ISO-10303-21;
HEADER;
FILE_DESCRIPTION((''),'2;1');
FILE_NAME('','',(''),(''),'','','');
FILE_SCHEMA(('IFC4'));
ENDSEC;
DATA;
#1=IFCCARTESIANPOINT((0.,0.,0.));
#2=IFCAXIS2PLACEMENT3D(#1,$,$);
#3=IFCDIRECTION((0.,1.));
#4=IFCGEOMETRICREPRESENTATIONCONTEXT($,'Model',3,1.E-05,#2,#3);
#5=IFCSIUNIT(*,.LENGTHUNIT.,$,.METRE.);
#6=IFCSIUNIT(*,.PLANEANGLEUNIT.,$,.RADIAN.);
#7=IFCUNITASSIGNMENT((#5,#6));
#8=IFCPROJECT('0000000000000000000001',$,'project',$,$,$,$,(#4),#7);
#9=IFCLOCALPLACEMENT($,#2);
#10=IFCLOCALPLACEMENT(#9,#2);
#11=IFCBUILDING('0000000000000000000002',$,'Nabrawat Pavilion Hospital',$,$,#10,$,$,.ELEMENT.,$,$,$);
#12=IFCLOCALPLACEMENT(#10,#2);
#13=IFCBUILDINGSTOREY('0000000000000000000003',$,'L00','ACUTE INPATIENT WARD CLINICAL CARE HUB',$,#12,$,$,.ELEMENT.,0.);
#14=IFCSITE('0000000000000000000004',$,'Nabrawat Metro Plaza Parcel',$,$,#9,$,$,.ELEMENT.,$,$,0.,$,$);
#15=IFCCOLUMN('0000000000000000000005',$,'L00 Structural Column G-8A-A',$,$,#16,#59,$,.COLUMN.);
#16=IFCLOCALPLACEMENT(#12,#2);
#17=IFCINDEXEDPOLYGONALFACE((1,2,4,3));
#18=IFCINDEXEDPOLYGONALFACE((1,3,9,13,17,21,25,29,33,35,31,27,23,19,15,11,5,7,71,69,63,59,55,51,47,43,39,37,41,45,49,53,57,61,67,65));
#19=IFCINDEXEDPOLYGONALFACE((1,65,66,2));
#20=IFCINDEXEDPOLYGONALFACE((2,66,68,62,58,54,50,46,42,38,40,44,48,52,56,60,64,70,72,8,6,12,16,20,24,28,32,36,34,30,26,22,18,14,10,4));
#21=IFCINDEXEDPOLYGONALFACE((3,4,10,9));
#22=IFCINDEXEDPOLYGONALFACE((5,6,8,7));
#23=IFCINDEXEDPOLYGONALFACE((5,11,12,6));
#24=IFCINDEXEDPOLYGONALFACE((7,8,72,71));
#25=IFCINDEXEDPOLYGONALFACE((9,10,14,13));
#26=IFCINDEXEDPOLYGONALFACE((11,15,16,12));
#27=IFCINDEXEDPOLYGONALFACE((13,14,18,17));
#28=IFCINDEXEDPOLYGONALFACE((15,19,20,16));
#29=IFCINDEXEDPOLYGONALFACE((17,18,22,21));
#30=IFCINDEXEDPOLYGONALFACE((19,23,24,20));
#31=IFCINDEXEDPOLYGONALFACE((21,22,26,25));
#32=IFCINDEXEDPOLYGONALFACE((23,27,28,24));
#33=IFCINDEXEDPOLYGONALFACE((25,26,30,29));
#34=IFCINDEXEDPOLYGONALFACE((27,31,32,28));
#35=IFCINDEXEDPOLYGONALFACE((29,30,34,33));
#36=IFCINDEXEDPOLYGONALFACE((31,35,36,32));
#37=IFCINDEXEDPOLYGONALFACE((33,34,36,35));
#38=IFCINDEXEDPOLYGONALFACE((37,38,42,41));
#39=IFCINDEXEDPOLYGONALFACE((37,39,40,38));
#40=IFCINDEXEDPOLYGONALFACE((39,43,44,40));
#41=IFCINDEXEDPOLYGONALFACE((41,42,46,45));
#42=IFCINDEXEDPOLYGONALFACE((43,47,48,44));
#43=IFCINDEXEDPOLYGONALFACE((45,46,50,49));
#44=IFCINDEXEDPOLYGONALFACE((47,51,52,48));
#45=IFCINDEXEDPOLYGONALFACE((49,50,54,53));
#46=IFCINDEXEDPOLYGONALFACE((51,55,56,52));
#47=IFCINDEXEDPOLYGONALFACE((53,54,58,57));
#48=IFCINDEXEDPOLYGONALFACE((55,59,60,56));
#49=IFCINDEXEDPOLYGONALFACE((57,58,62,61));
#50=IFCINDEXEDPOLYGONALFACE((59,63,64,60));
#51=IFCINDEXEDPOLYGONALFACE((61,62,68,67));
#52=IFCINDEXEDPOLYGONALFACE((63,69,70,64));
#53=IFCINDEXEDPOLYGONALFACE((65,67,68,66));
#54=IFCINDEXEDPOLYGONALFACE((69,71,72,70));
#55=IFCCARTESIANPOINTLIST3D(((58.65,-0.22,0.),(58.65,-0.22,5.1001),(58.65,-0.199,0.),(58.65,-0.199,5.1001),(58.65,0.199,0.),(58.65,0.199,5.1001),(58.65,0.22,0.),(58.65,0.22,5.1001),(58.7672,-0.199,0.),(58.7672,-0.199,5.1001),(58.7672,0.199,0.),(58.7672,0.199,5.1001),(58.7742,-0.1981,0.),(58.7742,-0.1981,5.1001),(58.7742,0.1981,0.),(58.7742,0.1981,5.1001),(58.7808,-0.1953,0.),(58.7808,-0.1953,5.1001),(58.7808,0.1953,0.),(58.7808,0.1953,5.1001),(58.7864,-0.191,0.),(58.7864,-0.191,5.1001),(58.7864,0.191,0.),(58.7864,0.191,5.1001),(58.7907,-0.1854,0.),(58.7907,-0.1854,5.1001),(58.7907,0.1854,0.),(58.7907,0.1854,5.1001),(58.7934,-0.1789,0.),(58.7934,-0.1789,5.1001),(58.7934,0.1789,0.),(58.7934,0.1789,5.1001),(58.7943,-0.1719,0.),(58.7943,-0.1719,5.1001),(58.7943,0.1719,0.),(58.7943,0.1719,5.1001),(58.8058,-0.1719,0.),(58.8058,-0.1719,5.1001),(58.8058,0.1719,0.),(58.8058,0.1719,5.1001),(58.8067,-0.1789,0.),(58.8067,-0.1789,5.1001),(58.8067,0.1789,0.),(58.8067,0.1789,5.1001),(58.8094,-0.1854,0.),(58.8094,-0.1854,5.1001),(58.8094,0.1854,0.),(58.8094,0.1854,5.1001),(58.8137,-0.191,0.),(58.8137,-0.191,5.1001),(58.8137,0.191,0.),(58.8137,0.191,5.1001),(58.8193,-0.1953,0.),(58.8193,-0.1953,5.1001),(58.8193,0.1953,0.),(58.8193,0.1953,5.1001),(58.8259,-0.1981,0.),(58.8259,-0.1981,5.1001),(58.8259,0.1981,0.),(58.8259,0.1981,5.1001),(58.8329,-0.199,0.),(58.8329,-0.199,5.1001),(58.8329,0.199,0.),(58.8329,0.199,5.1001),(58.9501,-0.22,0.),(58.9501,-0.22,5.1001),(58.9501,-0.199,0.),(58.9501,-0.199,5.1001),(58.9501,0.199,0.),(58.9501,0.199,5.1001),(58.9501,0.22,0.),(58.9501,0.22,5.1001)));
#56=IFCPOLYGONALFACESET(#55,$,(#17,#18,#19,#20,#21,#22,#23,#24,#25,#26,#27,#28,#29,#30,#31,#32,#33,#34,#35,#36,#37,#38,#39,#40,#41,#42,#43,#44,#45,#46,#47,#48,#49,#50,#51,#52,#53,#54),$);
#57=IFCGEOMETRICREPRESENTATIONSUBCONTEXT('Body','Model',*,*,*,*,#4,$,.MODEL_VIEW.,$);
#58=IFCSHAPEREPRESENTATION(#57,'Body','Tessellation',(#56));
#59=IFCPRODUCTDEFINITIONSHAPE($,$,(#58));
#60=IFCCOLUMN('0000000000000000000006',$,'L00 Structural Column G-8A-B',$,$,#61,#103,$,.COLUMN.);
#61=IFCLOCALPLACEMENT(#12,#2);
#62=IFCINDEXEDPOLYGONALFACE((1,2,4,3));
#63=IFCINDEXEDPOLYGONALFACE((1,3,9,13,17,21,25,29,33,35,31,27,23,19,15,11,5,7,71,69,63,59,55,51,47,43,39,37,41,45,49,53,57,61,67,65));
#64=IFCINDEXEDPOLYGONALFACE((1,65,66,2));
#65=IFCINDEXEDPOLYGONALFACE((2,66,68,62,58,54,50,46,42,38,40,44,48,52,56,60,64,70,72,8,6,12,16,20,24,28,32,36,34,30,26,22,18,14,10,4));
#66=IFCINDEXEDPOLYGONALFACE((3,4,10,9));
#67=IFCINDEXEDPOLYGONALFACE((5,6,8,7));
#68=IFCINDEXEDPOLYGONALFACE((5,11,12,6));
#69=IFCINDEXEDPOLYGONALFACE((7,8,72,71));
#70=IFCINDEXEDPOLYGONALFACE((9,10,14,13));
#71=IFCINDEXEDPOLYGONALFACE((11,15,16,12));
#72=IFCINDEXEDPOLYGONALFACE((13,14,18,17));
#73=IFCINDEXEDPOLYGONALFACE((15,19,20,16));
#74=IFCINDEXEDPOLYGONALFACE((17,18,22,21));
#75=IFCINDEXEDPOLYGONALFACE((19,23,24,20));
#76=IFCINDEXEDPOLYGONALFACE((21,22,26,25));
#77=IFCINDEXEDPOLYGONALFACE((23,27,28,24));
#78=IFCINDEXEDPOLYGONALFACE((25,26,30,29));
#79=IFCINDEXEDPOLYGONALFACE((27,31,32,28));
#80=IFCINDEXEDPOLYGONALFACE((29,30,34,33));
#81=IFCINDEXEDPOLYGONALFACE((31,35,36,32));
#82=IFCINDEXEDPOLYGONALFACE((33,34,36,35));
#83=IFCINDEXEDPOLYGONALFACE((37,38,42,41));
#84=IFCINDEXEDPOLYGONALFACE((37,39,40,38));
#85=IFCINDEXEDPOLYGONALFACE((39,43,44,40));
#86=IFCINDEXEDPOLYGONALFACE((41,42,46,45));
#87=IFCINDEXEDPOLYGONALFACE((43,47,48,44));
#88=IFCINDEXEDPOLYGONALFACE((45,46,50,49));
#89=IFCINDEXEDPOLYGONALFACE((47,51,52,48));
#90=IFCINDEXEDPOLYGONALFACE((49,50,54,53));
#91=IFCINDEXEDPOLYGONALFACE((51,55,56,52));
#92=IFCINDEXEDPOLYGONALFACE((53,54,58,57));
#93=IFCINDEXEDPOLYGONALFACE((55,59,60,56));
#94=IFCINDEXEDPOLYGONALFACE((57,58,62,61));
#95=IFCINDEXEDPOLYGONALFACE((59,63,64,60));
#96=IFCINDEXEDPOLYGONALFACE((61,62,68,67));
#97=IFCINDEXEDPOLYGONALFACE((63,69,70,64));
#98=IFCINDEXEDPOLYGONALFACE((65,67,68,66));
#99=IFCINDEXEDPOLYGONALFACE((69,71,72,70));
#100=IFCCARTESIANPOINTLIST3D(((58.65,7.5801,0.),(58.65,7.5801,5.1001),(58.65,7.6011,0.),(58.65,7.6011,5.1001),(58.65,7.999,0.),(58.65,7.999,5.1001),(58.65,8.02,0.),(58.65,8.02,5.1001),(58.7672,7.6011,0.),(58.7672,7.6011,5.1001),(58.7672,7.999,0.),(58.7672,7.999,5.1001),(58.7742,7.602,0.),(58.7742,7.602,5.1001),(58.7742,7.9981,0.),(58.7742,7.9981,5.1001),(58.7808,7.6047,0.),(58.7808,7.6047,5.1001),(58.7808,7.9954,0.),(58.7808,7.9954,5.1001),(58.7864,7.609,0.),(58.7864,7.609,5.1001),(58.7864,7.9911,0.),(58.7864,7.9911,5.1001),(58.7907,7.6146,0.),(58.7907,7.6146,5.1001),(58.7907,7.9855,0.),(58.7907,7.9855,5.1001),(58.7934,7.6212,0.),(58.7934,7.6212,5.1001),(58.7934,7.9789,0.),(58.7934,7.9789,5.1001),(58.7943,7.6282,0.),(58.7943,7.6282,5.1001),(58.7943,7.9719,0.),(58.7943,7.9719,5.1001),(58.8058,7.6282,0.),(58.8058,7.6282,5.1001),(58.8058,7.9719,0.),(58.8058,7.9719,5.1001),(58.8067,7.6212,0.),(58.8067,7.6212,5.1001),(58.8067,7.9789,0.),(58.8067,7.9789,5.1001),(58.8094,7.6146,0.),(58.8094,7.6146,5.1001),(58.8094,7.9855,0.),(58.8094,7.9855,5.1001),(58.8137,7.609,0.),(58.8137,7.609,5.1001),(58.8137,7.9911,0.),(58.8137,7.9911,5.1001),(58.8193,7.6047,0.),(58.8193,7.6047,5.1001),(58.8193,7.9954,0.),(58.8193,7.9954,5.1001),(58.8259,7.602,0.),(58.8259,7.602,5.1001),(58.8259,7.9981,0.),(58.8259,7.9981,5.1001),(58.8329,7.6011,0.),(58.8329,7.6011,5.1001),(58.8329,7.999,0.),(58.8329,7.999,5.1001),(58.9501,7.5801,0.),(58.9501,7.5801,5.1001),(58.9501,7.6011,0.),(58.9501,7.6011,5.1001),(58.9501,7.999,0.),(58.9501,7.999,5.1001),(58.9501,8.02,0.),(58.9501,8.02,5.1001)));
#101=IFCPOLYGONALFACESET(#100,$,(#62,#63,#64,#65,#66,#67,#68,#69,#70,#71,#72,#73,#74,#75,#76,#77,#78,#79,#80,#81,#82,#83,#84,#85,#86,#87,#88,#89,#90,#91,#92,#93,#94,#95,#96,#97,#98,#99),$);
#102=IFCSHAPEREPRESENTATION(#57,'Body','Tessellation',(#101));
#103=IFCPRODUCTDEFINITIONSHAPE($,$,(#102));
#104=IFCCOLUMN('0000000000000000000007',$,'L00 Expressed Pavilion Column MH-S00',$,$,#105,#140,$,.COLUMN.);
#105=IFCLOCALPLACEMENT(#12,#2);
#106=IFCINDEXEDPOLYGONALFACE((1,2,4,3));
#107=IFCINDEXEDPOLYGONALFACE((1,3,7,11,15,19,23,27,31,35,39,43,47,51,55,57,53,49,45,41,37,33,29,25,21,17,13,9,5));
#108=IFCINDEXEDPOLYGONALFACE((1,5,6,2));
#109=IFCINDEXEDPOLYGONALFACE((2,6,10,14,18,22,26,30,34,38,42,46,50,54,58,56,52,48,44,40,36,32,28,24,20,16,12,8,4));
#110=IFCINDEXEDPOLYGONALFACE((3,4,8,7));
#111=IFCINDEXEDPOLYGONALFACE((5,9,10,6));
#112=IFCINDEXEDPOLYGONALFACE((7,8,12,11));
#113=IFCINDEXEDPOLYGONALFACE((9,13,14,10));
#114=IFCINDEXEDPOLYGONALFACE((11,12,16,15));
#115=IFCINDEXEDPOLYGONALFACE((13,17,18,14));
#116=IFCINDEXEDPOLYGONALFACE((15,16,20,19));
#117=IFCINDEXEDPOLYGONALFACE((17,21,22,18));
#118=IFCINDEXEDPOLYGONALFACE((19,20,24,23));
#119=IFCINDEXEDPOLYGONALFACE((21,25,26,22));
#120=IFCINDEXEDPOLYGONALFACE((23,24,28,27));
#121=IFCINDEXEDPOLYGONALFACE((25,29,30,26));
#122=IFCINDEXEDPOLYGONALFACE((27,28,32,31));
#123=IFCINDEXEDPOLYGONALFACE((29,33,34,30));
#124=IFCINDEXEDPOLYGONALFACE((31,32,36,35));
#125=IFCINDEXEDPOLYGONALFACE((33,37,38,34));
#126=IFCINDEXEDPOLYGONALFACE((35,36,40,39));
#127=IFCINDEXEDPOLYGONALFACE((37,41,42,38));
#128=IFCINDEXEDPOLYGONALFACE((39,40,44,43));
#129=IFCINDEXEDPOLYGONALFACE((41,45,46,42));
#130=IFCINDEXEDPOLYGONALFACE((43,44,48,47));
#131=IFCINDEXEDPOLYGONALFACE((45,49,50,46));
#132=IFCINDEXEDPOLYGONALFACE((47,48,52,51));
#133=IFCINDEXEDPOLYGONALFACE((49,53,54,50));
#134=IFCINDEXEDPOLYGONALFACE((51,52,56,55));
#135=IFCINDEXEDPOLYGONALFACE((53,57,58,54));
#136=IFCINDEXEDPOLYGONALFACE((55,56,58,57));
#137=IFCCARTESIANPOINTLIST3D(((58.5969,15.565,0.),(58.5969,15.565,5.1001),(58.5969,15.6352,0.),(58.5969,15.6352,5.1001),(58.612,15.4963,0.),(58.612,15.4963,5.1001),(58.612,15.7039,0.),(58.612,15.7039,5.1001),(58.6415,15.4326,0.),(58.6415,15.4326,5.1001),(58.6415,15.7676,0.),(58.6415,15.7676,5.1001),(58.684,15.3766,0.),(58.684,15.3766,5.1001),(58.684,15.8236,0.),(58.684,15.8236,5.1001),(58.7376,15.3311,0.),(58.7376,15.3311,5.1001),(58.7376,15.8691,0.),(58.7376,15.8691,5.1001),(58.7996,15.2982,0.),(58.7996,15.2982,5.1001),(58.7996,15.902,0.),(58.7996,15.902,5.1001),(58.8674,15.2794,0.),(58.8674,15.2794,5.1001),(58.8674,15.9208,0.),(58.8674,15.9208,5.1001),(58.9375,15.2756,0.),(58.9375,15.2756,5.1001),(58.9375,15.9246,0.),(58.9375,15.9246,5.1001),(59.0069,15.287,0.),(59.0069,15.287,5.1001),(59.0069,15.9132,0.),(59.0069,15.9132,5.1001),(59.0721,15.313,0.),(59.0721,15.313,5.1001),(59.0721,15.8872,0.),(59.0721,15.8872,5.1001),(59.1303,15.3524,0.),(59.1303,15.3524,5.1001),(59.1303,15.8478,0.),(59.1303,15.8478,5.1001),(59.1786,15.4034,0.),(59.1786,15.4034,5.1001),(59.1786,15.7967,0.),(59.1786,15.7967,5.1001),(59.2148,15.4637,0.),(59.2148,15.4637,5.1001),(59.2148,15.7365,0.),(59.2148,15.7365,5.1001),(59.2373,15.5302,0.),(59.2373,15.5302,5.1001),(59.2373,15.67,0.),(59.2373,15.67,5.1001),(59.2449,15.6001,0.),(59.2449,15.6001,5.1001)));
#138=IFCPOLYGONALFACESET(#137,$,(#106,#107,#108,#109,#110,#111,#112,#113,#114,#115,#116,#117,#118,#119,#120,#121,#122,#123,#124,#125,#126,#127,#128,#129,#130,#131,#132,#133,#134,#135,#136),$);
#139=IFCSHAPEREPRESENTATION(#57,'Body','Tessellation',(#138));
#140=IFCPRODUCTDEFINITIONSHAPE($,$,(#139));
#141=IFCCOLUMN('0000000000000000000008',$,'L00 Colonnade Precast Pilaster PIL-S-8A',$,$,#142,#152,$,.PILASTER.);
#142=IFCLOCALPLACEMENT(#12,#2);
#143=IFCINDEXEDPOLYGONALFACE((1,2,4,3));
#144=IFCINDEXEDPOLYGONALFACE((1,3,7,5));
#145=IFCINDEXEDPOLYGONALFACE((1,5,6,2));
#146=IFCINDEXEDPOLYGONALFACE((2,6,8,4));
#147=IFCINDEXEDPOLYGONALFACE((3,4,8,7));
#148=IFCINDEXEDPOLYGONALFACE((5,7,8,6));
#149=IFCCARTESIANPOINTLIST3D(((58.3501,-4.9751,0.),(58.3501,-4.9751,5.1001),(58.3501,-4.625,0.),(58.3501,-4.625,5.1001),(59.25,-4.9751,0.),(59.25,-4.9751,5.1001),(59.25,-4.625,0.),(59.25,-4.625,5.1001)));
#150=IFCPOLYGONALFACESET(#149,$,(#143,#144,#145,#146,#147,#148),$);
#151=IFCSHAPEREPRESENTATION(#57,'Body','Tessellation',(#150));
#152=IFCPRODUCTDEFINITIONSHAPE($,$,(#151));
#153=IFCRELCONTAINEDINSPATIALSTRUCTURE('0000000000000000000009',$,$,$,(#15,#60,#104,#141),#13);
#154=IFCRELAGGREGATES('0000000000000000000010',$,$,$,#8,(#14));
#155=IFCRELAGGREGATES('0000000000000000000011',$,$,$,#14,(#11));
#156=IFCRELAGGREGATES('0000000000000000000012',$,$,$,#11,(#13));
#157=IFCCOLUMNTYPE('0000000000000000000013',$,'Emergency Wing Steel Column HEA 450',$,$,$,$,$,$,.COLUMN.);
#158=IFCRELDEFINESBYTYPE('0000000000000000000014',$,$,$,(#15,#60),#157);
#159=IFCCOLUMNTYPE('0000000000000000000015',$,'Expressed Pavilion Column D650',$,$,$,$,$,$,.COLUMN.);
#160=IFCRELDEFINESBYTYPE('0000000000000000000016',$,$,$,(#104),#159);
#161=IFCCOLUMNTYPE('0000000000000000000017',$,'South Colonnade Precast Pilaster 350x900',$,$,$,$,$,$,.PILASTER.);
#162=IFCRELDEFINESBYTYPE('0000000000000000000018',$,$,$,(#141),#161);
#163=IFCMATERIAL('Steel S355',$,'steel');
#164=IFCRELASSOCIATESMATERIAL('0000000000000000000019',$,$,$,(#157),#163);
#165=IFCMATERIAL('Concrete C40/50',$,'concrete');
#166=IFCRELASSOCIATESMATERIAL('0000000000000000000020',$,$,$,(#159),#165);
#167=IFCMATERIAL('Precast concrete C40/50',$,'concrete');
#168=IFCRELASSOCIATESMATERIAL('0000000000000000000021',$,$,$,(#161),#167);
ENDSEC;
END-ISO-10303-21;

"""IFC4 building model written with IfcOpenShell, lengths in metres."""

from ifc_helpers import new_model, si_unit, direction, frame, origin, origin_2d, place, context, subcontext, project, spatial, rectangle, circle, i_section, extrude, material, material_profile, profile_set, type_object, element, save


model = new_model("IFC4")

# Units and contexts
model_context = context("Model", 3, precision=1e-05, world=origin(), true_north=direction((0.0, 1.0)))
body_context = subcontext(model_context, "Body", "Model", "MODEL_VIEW")
ifc_project = project(units=[si_unit("LENGTHUNIT", "METRE"), si_unit("PLANEANGLEUNIT", "RADIAN")], contexts=[model_context])

# Site, building, storey
site_placement = place(None, origin())
site = spatial("IfcSite", under=ifc_project, at=site_placement, Name="Nabrawat Metro Plaza Parcel", CompositionType="ELEMENT", RefElevation=0.0)
building_placement = place(site_placement, origin())
building = spatial("IfcBuilding", under=site, at=building_placement, Name="Nabrawat Pavilion Hospital", CompositionType="ELEMENT")
storey_placement = place(building_placement, origin())
storey = spatial("IfcBuildingStorey", under=building, at=storey_placement, Name="L00", Description="ACUTE INPATIENT WARD CLINICAL CARE HUB", CompositionType="ELEMENT", Elevation=0.0)

# Columns
ifc_material_1 = material(Name="Steel S355", Category="steel")
ifc_material_profile_1 = material_profile(ifc_material_1, i_section(OverallWidth=0.3, OverallDepth=0.4399, WebThickness=0.0115, FlangeThickness=0.021, FilletRadius=0.0271, at=origin_2d()), Name="HEA 450")
ifc_profile_set_1 = profile_set([ifc_material_profile_1], Name="Steel S355")
column_type_1 = type_object("IfcColumnType", Name="Emergency Wing Steel Column HEA 450", PredefinedType="COLUMN", material=ifc_profile_set_1)
for number, where, z_axis, x_axis, name in (
    (1, (58.8, 0.0, 0.0), (0.0, 0.0, 1.0), (1.0, 0.0, 0.0), "L00 Structural Column G-8A-A"),
    (2, (58.8, 7.8, 0.0), (0.0, 0.0, 1.0), (1.0, 0.0, 0.0), "L00 Structural Column G-8A-B"),
):
    element("IfcColumn", number, at=place(storey_placement, frame(where, z_axis=z_axis, x_axis=x_axis)), inside=storey, type_object=column_type_1, Name=name, PredefinedType="COLUMN", context=body_context, shape_type="SweptSolid", body=[
        extrude(i_section(OverallWidth=0.3, OverallDepth=0.4399, WebThickness=0.0115, FlangeThickness=0.021, FilletRadius=0.0271, at=origin_2d()), origin(), (0.0, 0.0, 1.0), 5.1001),
    ])
ifc_material_2 = material(Name="Concrete C40/50", Category="concrete")
ifc_material_profile_2 = material_profile(ifc_material_2, circle(Radius=0.325, at=origin_2d()), Name="RC D650")
ifc_profile_set_2 = profile_set([ifc_material_profile_2], Name="Concrete C40/50")
column_type_2 = type_object("IfcColumnType", Name="Expressed Pavilion Column D650", PredefinedType="COLUMN", material=ifc_profile_set_2)
column_1_placement = place(storey_placement, frame((58.9199, 15.6001, 0.0), z_axis=(0.0, 0.0, 1.0), x_axis=(1.0, 0.0, 0.0)))
element("IfcColumn", 3, at=column_1_placement, inside=storey, type_object=column_type_2, Name="L00 Expressed Pavilion Column MH-S00", PredefinedType="COLUMN", context=body_context, shape_type="SweptSolid", body=[
    extrude(circle(Radius=0.325, at=origin_2d()), origin(), (0.0, 0.0, 1.0), 5.1001),
])
ifc_material_3 = material(Name="Precast concrete C40/50", Category="concrete")
ifc_material_profile_3 = material_profile(ifc_material_3, rectangle(XDim=0.3501, YDim=0.8999, at=origin_2d()), Name="PC 350x900")
ifc_profile_set_3 = profile_set([ifc_material_profile_3], Name="Precast concrete C40/50")
column_type_3 = type_object("IfcColumnType", Name="South Colonnade Precast Pilaster 350x900", PredefinedType="PILASTER", material=ifc_profile_set_3)
column_2_placement = place(storey_placement, frame((58.8, -4.8, 0.0), z_axis=(0.0, 0.0, 1.0), x_axis=(0.0, 1.0, 0.0)))
element("IfcColumn", 4, at=column_2_placement, inside=storey, type_object=column_type_3, Name="L00 Colonnade Precast Pilaster PIL-S-8A", PredefinedType="PILASTER", context=body_context, shape_type="SweptSolid", body=[
    extrude(rectangle(XDim=0.3501, YDim=0.8999, at=origin_2d()), origin(), (0.0, 0.0, 1.0), 5.1001),
])

save(model, "model.ifc")
